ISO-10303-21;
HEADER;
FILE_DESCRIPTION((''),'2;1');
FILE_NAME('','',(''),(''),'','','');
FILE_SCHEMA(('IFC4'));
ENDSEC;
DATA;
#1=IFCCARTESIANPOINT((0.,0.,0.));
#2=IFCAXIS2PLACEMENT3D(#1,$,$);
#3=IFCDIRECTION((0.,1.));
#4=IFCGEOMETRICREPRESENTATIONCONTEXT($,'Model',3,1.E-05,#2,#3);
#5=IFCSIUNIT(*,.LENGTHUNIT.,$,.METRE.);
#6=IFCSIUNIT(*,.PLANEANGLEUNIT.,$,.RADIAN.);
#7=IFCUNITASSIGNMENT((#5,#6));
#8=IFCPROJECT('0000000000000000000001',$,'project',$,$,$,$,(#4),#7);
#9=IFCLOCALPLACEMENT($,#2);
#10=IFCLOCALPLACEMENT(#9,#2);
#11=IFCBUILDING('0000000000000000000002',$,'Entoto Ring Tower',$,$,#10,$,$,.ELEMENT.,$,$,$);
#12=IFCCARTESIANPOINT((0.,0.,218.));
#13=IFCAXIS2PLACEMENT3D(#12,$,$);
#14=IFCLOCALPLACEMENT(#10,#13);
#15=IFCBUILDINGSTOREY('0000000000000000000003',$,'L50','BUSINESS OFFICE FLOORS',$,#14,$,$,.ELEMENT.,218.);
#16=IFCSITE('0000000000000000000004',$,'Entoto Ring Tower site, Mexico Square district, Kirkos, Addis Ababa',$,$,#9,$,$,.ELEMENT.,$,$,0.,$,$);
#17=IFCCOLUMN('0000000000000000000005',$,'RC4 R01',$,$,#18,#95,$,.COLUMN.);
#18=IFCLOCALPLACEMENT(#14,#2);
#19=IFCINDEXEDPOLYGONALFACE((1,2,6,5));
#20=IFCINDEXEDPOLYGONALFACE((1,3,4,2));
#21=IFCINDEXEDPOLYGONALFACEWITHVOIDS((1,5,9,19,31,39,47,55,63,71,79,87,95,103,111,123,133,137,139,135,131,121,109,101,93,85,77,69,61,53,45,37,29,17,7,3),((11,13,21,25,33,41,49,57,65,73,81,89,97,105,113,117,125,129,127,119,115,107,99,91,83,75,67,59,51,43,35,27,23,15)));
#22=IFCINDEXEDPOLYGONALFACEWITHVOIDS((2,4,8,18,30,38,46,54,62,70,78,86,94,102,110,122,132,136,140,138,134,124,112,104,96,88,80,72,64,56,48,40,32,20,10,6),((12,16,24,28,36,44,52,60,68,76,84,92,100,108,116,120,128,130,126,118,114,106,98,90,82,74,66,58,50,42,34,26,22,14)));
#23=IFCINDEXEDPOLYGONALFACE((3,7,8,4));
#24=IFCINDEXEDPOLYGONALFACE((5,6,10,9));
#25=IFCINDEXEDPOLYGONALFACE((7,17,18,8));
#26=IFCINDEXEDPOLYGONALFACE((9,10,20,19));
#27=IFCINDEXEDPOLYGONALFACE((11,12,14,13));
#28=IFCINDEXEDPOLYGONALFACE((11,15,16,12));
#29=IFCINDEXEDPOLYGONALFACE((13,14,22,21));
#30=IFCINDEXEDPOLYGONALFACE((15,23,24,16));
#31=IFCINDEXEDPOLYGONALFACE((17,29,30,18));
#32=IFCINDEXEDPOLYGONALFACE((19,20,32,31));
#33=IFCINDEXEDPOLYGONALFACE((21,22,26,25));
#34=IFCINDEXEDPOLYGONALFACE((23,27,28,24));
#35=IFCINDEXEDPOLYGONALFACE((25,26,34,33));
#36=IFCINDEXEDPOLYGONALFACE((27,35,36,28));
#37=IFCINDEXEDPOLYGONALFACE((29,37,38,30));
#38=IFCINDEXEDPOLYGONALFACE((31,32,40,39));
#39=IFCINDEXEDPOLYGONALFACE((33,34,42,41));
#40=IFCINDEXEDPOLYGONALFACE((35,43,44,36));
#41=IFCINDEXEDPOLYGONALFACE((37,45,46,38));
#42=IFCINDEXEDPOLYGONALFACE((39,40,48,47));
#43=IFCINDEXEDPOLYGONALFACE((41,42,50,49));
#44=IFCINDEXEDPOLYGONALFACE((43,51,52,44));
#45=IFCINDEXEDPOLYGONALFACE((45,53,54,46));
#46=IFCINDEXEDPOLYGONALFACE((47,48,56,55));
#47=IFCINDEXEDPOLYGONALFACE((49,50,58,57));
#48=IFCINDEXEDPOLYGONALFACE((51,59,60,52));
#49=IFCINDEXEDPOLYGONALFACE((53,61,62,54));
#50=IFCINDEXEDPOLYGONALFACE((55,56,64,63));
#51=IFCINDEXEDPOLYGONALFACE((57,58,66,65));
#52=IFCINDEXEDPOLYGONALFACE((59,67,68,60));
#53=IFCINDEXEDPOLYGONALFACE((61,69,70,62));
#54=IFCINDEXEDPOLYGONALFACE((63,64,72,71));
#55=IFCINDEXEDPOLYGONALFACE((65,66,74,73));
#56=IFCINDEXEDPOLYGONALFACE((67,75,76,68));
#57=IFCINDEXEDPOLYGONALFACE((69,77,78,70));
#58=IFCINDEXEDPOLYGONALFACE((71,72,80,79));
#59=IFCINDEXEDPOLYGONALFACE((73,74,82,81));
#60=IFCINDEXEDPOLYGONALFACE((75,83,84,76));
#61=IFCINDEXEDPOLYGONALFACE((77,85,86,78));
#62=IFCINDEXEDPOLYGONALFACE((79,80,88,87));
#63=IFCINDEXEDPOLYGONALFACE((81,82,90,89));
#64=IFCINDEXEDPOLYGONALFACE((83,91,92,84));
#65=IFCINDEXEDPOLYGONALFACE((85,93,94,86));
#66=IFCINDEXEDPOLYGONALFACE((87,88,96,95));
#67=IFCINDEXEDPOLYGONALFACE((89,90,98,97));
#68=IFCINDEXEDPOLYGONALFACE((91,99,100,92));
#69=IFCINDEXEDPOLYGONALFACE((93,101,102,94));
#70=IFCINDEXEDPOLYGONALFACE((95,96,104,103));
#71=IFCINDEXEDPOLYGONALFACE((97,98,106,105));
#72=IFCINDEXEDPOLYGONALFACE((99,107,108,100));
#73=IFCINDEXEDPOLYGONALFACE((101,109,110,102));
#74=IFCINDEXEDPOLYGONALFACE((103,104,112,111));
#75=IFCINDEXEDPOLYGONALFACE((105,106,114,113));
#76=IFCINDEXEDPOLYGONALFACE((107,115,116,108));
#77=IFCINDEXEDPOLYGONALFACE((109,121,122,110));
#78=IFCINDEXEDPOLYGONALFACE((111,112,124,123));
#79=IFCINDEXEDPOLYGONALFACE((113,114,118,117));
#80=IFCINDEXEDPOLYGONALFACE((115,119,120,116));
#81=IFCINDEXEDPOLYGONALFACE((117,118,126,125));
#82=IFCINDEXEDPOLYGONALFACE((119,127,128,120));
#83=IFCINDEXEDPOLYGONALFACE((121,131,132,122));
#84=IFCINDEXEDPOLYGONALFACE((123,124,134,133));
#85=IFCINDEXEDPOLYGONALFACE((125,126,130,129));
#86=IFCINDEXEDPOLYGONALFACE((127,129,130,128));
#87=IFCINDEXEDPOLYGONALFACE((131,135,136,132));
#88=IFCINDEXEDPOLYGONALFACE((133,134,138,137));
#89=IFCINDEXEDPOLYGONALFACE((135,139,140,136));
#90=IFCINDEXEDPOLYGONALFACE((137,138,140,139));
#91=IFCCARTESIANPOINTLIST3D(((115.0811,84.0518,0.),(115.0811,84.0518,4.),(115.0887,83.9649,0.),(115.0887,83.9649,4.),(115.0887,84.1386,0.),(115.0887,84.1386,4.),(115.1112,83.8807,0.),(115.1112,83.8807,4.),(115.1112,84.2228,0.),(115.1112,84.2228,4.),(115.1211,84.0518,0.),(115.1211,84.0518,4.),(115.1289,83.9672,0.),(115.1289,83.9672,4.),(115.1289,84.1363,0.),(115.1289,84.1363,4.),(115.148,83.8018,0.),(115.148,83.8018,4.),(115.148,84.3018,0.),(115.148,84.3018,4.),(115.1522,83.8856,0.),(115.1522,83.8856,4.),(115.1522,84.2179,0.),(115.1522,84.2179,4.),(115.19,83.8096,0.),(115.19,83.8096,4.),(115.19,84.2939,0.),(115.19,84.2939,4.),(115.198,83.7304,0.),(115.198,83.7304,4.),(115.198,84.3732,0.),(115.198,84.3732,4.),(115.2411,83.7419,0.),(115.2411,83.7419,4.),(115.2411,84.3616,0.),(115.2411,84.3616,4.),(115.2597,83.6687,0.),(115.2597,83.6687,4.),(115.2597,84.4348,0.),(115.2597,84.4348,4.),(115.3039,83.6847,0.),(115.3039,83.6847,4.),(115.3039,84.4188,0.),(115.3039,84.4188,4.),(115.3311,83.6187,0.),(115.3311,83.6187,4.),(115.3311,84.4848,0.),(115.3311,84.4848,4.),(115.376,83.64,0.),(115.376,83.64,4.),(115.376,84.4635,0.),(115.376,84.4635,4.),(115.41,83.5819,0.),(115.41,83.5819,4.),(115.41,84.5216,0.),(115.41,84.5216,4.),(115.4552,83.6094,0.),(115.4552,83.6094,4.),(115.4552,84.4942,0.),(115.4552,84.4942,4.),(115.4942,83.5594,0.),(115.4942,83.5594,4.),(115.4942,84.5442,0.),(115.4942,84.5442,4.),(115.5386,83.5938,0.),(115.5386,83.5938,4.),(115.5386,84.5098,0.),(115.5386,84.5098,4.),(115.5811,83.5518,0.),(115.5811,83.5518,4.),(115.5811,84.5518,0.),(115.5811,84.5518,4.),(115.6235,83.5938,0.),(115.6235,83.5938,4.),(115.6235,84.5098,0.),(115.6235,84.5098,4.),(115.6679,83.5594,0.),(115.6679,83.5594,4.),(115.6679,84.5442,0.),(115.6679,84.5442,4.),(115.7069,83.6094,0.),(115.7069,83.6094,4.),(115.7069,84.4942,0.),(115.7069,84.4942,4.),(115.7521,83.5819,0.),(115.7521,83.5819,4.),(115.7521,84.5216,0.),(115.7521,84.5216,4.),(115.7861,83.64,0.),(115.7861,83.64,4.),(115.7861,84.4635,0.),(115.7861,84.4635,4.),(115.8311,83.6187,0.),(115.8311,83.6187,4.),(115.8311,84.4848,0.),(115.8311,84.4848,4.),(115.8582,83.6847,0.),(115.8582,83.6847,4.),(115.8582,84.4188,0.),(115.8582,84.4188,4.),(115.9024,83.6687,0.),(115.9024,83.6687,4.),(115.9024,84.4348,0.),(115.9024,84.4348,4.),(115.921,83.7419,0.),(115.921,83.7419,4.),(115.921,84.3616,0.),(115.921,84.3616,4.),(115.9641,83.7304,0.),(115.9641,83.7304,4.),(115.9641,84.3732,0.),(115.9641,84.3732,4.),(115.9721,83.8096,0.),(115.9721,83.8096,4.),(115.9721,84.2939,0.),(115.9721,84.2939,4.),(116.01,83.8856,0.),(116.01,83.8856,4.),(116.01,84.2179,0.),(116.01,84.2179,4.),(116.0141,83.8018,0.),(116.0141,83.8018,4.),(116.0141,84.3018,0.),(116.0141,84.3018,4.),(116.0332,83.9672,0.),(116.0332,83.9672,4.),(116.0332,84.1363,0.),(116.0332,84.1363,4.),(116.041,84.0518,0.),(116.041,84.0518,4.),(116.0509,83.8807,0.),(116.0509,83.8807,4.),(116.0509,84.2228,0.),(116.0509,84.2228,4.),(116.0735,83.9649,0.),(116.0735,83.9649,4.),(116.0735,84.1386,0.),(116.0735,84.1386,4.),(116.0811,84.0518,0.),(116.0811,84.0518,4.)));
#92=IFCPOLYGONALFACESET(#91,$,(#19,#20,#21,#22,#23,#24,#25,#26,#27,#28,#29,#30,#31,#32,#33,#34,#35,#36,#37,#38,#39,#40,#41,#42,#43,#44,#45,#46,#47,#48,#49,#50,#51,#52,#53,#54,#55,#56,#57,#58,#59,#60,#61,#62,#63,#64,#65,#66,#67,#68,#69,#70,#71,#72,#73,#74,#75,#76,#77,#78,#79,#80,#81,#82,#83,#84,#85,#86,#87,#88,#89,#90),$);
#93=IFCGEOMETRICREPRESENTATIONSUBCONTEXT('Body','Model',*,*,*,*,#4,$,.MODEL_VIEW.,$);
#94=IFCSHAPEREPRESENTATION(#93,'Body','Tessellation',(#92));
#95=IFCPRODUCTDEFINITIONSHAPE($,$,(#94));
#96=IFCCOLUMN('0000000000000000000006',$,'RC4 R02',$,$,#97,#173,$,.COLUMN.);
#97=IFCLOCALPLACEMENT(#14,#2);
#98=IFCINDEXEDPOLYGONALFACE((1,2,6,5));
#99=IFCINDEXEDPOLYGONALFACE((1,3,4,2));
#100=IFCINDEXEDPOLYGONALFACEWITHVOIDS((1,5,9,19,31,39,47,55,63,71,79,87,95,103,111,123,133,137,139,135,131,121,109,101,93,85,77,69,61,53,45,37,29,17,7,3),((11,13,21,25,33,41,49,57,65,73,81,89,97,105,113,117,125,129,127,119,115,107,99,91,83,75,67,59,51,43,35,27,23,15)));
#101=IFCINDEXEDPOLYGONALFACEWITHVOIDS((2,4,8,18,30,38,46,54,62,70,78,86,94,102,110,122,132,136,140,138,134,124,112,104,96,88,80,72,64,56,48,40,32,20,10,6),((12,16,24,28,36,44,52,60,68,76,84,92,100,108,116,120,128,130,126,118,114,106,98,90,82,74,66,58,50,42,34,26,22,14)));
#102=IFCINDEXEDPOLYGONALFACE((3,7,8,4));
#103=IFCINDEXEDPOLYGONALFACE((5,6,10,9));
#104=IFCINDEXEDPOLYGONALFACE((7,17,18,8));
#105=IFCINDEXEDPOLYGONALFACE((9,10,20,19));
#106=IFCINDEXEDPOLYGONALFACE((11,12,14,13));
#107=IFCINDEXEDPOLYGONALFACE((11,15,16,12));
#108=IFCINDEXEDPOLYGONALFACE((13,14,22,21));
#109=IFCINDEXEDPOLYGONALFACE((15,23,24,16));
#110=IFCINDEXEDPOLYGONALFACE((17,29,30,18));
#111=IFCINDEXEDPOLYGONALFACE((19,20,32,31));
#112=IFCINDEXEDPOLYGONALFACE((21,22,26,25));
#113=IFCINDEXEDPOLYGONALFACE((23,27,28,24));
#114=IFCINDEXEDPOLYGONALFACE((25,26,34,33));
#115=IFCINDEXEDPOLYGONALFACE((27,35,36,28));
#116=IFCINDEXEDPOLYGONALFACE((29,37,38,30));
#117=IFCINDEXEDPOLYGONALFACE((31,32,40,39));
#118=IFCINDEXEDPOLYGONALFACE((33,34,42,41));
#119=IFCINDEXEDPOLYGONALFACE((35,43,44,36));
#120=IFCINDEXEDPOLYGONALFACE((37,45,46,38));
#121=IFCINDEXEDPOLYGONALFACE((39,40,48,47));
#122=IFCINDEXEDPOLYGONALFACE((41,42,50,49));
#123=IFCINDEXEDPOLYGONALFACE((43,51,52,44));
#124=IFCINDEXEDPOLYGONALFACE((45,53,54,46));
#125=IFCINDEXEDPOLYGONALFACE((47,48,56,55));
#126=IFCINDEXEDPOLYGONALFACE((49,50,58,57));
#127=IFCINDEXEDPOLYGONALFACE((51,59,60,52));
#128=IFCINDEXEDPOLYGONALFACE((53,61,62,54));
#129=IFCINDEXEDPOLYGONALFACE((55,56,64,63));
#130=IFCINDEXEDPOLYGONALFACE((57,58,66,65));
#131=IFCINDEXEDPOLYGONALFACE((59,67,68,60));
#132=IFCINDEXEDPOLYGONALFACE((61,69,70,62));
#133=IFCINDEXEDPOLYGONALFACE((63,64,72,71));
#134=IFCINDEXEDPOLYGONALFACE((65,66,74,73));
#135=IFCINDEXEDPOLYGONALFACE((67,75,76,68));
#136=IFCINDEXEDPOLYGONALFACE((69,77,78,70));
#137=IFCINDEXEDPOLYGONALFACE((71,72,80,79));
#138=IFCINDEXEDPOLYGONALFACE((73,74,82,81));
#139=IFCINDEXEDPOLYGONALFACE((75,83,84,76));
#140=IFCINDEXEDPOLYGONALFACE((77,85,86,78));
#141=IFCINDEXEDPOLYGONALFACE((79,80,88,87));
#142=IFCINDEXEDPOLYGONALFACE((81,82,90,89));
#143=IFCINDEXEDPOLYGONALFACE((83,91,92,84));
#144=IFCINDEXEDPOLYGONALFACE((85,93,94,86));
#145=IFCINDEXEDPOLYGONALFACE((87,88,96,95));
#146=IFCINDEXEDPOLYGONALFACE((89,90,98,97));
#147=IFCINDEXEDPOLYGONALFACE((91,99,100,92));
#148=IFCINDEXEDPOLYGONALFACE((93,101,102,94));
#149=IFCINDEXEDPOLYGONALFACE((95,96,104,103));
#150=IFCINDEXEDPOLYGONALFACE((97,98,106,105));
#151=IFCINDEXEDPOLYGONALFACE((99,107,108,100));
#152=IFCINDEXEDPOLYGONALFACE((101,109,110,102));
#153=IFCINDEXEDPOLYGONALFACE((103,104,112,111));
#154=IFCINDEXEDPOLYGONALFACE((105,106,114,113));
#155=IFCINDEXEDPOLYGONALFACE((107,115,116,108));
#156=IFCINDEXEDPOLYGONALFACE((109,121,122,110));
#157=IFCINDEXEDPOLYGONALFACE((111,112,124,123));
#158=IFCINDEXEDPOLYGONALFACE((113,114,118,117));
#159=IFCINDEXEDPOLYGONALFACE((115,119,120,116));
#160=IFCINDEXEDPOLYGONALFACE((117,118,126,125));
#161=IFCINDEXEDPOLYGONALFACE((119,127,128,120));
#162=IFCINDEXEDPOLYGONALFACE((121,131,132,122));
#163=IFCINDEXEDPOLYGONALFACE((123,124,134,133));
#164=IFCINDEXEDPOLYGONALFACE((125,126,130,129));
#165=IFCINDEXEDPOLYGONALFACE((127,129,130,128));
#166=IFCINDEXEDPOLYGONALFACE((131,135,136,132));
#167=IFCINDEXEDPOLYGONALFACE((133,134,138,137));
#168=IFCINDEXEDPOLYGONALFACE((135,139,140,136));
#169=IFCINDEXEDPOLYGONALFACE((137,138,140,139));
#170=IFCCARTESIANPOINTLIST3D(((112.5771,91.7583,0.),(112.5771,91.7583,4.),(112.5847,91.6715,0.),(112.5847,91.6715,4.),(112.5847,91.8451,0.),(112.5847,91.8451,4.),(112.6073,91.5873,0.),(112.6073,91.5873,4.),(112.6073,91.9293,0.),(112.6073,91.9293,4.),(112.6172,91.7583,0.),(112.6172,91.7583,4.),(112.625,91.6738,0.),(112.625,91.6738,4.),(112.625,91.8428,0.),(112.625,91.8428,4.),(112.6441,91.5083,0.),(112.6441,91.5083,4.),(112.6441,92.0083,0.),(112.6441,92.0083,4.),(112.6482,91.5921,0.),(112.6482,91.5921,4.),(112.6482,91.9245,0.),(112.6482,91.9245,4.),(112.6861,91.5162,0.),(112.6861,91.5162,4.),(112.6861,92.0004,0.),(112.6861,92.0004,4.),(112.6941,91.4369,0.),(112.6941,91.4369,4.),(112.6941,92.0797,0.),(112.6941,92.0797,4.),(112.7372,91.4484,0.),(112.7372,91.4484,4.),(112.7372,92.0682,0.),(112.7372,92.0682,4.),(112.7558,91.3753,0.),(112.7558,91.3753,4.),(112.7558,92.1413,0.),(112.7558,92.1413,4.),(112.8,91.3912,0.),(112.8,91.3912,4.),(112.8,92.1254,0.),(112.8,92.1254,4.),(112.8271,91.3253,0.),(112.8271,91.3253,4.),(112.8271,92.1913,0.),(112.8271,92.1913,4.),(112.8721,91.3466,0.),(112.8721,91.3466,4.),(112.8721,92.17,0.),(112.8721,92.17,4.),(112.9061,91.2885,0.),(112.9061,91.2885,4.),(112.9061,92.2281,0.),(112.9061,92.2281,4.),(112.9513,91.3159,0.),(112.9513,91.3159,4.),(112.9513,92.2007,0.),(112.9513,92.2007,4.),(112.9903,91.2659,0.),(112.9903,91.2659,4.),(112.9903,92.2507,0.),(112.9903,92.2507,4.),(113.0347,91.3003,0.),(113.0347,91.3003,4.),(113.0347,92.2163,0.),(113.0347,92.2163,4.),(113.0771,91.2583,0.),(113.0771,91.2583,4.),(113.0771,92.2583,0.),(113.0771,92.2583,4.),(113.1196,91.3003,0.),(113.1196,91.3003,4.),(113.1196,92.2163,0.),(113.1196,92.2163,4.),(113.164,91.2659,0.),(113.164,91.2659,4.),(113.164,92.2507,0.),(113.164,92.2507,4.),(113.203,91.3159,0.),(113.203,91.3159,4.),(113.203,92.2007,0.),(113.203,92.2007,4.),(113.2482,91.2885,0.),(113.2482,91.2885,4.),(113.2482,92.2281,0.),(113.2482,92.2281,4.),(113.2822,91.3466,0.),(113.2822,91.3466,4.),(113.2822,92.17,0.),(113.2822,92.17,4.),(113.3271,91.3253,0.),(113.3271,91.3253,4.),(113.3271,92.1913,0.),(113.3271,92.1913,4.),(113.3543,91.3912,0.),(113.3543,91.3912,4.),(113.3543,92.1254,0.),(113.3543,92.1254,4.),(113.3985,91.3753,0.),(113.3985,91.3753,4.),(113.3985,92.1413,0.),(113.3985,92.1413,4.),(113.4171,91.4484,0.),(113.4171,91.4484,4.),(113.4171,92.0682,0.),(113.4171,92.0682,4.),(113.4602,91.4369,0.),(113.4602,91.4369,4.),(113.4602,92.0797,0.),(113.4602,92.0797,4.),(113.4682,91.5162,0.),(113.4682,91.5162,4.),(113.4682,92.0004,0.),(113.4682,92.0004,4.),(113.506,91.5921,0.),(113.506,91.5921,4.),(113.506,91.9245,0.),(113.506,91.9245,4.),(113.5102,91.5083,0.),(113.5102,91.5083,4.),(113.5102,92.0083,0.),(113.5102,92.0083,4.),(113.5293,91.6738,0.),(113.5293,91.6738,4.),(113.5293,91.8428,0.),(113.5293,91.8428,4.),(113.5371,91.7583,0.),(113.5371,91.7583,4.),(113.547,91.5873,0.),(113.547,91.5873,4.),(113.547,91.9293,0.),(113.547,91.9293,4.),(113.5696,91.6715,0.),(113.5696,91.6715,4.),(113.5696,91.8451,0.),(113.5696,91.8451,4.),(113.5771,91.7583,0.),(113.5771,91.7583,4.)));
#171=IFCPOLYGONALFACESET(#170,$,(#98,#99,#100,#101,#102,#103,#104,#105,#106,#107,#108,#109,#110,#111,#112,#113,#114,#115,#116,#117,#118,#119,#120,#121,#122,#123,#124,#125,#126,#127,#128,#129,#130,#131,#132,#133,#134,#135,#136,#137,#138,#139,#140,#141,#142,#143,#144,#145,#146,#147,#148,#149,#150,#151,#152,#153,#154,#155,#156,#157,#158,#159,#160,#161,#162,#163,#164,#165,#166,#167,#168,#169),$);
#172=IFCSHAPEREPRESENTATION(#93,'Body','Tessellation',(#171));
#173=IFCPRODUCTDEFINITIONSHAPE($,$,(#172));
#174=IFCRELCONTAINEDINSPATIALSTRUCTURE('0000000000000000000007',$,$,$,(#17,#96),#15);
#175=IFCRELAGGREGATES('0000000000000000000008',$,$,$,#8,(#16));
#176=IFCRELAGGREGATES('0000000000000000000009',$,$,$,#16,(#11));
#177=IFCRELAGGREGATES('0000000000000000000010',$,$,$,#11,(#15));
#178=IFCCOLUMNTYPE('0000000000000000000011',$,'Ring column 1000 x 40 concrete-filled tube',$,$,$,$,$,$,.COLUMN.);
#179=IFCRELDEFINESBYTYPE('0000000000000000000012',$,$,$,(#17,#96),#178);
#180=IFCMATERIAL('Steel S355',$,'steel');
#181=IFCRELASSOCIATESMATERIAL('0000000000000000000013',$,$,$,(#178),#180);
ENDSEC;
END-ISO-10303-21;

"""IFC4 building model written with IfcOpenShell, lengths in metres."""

from ifc_helpers import new_model, si_unit, direction, frame, origin, origin_2d, place, context, subcontext, project, spatial, circle, hollow_circle, extrude, material, material_profile, profile_set, type_object, element, save


model = new_model("IFC4")

# Units and contexts
model_context = context("Model", 3, precision=1e-05, world=origin(), true_north=direction((0.0, 1.0)))
body_context = subcontext(model_context, "Body", "Model", "MODEL_VIEW")
ifc_project = project(units=[si_unit("LENGTHUNIT", "METRE"), si_unit("PLANEANGLEUNIT", "RADIAN")], contexts=[model_context])

# Site, building, storey
site_placement = place(None, origin())
site = spatial("IfcSite", under=ifc_project, at=site_placement, Name="Entoto Ring Tower site, Mexico Square district, Kirkos, Addis Ababa", CompositionType="ELEMENT", RefElevation=0.0)
building_placement = place(site_placement, origin())
building = spatial("IfcBuilding", under=site, at=building_placement, Name="Entoto Ring Tower", CompositionType="ELEMENT")
storey_placement = place(building_placement, frame((0.0, 0.0, 218.0)))
storey = spatial("IfcBuildingStorey", under=building, at=storey_placement, Name="L50", Description="BUSINESS OFFICE FLOORS", CompositionType="ELEMENT", Elevation=218.0)

# Columns
ifc_material_1 = material(Name="Steel S355", Category="steel")
ifc_material_profile_1 = material_profile(ifc_material_1, hollow_circle(Radius=0.5, WallThickness=0.04, at=origin_2d()), Name="CHS 1000 x 40")
ifc_material_2 = material(Name="Concrete C60/75", Category="concrete")
ifc_material_profile_2 = material_profile(ifc_material_2, circle(Radius=0.46, at=origin_2d()), Name="Concrete C60/75 infill")
ifc_profile_set_1 = profile_set([ifc_material_profile_1, ifc_material_profile_2], Name="Steel S355")
column_type = type_object("IfcColumnType", Name="Ring column 1000 x 40 concrete-filled tube", PredefinedType="COLUMN", material=ifc_profile_set_1)
for number, where, z_axis, x_axis, name in (
    (1, (115.5811, 84.0518, 0.0), (0.0, 0.0, 1.0), (1.0, 0.0, 0.0), "RC4 R01"),
    (2, (113.0771, 91.7583, 0.0), (0.0, 0.0, 1.0), (1.0, 0.0, 0.0), "RC4 R02"),
):
    element("IfcColumn", number, at=place(storey_placement, frame(where, z_axis=z_axis, x_axis=x_axis)), inside=storey, type_object=column_type, Name=name, PredefinedType="COLUMN", context=body_context, shape_type="SweptSolid", body=[
        extrude(hollow_circle(Radius=0.5, WallThickness=0.04, at=origin_2d()), origin(), (0.0, 0.0, 1.0), 4.0),
    ])

save(model, "model.ifc")
